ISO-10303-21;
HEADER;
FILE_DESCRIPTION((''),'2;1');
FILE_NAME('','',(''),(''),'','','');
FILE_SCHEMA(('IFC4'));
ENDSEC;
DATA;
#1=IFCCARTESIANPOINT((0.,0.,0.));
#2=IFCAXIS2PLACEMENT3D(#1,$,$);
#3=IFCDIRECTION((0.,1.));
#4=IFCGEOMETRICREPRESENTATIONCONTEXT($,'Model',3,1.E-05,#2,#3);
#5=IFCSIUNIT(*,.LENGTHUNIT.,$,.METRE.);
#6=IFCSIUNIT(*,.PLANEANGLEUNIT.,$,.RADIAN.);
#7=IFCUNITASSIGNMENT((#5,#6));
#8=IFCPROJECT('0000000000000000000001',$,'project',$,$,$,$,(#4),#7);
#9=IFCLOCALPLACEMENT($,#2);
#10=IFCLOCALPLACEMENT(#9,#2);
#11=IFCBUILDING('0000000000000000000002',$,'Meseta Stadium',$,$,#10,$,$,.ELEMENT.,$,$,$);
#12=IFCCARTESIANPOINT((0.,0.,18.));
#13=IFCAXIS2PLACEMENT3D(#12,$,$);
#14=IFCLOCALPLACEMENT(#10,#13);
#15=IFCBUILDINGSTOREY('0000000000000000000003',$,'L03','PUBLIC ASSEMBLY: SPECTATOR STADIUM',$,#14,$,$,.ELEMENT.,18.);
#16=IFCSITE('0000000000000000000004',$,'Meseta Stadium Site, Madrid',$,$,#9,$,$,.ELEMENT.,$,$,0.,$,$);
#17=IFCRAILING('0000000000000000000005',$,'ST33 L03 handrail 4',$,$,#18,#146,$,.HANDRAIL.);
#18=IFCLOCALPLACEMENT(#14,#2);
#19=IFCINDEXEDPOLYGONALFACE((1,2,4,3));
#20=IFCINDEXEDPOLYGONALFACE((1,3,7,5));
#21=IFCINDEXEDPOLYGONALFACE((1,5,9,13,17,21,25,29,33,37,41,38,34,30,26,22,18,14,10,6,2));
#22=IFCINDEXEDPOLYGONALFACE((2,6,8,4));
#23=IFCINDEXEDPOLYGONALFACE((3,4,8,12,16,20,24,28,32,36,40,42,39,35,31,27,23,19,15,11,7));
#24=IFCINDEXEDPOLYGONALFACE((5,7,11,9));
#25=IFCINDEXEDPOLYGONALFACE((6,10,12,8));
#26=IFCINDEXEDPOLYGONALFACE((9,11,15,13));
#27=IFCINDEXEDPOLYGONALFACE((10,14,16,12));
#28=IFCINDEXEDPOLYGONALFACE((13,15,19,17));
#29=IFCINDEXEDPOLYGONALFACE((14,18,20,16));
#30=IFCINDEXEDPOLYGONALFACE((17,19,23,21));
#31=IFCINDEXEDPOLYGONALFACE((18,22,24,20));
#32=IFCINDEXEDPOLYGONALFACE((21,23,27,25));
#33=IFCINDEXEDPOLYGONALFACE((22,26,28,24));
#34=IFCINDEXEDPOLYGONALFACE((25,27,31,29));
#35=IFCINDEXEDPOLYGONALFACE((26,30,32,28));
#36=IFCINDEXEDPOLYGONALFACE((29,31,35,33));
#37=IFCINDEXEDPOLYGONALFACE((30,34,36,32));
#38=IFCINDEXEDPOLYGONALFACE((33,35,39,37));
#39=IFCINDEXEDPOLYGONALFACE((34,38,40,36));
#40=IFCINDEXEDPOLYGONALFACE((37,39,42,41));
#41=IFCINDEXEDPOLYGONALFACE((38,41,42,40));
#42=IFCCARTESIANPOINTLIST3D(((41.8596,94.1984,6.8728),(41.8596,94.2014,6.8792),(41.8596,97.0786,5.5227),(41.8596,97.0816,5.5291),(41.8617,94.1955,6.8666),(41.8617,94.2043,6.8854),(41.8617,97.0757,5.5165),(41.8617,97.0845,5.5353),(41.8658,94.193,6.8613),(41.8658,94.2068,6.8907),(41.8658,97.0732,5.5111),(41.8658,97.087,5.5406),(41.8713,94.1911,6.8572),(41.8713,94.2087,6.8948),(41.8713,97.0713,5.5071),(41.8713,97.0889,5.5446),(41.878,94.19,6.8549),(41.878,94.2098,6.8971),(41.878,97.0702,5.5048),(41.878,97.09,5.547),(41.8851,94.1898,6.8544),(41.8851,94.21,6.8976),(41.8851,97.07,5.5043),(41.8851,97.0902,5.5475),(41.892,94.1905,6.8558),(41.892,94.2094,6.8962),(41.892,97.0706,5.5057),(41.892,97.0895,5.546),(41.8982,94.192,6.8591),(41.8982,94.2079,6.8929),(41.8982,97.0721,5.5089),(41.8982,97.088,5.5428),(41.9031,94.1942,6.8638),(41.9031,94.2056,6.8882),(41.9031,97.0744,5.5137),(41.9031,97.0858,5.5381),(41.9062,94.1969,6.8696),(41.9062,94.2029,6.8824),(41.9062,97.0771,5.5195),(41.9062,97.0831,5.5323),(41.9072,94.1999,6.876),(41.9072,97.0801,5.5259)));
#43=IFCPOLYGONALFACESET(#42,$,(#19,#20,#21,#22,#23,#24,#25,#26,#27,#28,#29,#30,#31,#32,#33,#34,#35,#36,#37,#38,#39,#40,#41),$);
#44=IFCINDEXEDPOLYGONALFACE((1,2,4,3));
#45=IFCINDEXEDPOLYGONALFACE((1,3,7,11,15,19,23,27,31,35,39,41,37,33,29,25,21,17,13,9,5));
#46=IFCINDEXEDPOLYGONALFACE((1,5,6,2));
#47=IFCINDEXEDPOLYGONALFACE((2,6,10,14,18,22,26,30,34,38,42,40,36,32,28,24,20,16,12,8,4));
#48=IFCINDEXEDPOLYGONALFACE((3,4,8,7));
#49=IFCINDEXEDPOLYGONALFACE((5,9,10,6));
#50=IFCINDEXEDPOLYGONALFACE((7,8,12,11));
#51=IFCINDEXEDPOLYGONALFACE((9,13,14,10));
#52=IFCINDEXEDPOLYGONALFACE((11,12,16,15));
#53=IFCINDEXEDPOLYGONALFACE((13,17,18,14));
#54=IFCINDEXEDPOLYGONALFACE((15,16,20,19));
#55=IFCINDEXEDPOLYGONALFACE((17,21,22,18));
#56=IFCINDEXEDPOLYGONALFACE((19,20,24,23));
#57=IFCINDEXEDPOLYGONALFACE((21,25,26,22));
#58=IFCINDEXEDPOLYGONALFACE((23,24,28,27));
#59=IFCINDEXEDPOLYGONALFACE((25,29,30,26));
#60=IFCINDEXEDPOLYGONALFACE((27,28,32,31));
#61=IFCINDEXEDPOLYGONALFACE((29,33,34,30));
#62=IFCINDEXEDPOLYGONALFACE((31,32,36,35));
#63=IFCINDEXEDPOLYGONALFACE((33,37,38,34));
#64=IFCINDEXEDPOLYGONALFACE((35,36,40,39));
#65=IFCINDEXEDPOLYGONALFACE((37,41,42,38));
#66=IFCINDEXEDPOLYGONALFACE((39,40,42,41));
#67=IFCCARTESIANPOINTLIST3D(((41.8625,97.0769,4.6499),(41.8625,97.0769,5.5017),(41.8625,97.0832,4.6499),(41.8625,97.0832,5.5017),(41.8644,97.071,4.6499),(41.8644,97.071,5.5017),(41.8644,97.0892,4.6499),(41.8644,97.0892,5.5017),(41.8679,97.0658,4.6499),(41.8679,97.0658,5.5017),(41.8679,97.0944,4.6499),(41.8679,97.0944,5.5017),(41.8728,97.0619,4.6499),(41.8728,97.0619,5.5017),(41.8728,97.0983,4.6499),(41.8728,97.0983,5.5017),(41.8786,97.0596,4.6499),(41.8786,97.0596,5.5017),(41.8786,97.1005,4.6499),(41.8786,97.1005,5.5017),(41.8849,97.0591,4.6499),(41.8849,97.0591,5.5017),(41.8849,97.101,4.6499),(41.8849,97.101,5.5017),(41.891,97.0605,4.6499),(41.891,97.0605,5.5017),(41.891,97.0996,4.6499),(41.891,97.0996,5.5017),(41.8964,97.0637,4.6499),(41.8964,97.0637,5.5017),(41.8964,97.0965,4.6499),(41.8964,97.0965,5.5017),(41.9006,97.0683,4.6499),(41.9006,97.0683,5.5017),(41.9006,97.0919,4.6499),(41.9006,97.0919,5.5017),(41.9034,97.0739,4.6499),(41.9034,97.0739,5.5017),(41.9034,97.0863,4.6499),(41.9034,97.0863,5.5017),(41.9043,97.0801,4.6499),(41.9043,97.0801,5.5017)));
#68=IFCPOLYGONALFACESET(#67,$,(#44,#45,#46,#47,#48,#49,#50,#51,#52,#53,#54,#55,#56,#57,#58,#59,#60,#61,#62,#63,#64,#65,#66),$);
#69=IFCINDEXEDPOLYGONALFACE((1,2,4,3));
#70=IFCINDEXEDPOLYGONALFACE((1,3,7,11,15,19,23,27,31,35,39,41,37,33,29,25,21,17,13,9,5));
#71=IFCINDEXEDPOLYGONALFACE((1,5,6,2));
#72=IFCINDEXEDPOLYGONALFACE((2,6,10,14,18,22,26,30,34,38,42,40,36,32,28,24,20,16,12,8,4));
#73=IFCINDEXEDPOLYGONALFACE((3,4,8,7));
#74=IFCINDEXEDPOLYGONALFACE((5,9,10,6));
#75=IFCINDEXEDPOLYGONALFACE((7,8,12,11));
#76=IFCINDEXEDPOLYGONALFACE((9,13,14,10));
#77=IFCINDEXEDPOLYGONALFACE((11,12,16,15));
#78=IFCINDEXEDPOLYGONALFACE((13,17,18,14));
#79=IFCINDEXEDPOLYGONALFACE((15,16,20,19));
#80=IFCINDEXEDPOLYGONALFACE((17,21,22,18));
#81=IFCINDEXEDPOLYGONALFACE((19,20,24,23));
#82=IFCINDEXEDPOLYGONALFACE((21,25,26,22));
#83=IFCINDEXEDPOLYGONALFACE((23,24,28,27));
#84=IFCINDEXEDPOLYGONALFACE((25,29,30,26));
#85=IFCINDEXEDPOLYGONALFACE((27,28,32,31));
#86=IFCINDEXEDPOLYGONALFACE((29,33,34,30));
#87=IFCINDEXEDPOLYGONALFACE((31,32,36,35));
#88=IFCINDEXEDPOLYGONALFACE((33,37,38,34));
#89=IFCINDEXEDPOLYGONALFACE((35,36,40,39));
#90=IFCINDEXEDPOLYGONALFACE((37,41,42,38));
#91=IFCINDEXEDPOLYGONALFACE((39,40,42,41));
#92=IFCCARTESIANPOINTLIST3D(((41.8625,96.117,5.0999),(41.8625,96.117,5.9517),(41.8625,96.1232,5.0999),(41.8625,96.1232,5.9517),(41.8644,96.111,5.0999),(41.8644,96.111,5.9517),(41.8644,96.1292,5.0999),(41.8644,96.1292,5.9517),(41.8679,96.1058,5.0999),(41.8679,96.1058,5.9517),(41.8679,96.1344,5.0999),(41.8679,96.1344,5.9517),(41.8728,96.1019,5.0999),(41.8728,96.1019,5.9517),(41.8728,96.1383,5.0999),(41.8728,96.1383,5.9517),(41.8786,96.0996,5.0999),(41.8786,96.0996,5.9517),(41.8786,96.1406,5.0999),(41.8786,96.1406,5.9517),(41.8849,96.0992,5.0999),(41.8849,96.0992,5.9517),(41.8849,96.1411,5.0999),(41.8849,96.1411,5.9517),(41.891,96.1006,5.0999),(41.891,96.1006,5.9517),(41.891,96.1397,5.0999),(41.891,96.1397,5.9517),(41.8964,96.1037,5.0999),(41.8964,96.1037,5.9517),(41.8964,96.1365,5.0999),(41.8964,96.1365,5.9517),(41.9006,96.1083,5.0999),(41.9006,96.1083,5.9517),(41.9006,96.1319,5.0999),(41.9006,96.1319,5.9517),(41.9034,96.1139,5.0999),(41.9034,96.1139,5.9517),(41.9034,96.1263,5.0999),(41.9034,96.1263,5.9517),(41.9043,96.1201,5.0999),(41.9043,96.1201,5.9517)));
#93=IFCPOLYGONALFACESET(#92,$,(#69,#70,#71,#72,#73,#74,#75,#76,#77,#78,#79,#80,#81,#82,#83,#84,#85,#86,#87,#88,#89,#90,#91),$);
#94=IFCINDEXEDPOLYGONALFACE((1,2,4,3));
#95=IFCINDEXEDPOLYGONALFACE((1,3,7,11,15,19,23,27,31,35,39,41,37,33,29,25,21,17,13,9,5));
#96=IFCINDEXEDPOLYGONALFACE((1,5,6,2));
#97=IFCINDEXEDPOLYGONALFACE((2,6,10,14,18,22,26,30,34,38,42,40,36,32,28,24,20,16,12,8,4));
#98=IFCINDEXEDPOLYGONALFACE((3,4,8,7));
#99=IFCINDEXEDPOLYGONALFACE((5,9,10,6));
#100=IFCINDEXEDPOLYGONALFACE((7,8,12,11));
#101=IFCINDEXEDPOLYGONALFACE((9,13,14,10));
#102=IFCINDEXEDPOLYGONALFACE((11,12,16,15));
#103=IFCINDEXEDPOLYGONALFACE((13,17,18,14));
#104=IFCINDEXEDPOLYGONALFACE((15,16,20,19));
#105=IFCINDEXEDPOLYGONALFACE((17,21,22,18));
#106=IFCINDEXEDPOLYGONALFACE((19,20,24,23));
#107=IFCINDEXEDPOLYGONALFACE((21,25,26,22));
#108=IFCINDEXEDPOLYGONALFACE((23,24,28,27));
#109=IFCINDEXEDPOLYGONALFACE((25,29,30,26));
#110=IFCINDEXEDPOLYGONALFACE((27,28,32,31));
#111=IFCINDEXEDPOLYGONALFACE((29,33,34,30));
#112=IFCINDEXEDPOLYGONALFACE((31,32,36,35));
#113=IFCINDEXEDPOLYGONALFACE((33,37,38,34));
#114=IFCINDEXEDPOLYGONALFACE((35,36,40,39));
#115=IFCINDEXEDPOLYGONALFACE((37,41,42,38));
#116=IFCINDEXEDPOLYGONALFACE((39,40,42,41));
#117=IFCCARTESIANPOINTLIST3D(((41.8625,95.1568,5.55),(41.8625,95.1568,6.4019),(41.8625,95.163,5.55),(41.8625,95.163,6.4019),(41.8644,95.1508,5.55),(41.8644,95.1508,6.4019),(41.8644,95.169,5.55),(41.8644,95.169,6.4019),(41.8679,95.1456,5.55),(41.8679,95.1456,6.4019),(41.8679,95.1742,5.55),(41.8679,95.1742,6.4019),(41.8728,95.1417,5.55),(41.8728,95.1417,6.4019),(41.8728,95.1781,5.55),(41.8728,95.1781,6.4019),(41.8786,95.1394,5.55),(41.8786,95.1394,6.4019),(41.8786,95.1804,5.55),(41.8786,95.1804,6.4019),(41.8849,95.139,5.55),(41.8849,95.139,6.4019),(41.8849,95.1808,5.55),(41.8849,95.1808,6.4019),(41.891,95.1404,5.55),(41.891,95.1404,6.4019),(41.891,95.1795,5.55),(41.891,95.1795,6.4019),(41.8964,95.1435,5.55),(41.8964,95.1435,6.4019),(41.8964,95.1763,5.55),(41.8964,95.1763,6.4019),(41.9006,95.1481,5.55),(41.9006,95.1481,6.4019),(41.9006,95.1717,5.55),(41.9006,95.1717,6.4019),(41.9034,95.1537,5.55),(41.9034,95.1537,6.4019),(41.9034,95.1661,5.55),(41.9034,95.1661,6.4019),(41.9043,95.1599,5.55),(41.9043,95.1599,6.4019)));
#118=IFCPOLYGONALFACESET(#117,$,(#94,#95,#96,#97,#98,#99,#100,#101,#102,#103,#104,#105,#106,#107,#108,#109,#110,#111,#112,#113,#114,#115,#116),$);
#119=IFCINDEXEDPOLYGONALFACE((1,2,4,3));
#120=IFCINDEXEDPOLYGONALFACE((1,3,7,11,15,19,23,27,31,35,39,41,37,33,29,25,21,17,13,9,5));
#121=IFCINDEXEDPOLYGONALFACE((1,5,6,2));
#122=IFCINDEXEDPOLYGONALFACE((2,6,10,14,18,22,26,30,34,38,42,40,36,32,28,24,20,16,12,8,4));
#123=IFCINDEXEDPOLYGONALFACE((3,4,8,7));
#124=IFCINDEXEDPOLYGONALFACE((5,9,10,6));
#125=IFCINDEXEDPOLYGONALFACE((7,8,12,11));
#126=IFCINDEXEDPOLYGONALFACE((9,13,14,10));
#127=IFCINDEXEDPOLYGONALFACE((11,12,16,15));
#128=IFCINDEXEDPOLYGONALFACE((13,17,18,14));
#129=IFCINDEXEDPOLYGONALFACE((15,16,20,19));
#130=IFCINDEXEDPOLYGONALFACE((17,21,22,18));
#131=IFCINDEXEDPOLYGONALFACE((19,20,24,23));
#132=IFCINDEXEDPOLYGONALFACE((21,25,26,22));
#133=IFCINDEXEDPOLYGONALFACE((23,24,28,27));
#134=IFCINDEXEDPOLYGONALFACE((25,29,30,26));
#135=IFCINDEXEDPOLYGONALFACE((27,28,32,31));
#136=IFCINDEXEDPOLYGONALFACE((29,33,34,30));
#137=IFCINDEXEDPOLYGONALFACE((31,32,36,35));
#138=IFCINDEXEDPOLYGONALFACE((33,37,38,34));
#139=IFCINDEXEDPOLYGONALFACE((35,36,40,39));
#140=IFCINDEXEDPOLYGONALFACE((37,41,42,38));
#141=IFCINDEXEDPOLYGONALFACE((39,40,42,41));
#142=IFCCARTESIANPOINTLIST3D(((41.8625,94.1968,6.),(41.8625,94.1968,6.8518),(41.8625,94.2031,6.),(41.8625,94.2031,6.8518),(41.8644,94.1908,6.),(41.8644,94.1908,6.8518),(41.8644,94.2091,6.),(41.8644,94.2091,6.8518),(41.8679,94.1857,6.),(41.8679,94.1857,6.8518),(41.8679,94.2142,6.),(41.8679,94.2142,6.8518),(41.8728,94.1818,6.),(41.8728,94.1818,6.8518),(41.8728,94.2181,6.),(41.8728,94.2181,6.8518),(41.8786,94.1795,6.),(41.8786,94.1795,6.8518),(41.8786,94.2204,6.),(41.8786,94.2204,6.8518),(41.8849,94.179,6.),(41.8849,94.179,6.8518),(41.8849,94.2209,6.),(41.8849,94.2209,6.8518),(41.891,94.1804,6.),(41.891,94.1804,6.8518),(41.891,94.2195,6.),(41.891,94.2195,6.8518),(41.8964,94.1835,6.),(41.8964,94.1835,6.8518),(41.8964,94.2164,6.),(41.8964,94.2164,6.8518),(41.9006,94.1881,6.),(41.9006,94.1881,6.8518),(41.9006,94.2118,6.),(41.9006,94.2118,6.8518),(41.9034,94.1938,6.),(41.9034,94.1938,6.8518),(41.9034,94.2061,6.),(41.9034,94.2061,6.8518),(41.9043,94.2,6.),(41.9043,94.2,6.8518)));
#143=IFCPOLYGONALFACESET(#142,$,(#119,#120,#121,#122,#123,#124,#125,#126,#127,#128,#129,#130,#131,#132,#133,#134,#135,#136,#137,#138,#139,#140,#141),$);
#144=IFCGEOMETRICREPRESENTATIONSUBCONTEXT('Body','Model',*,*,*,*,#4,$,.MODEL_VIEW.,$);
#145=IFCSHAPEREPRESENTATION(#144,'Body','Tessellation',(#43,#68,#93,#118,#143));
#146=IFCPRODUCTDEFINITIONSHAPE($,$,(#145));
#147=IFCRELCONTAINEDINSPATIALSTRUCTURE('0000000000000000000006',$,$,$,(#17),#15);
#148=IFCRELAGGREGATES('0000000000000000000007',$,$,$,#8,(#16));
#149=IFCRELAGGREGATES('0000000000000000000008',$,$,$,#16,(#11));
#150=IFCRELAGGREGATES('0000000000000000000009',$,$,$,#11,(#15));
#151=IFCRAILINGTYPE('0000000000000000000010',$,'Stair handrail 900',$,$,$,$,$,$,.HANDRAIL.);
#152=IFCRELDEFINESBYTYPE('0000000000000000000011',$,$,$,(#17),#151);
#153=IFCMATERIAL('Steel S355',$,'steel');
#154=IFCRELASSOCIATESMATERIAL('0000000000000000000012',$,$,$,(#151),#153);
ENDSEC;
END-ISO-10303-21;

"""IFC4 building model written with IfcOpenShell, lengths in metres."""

from ifc_helpers import new_model, si_unit, direction, frame, origin, origin_2d, place, context, subcontext, project, spatial, circle, extrude, material, type_object, element, save


model = new_model("IFC4")

# Units and contexts
model_context = context("Model", 3, precision=1e-05, world=origin(), true_north=direction((0.0, 1.0)))
body_context = subcontext(model_context, "Body", "Model", "MODEL_VIEW")
ifc_project = project(units=[si_unit("LENGTHUNIT", "METRE"), si_unit("PLANEANGLEUNIT", "RADIAN")], contexts=[model_context])

# Site, building, storey
site_placement = place(None, origin())
site = spatial("IfcSite", under=ifc_project, at=site_placement, Name="Meseta Stadium Site, Madrid", CompositionType="ELEMENT", RefElevation=0.0)
building_placement = place(site_placement, origin())
building = spatial("IfcBuilding", under=site, at=building_placement, Name="Meseta Stadium", CompositionType="ELEMENT")
storey_placement = place(building_placement, frame((0.0, 0.0, 18.0)))
storey = spatial("IfcBuildingStorey", under=building, at=storey_placement, Name="L03", Description="PUBLIC ASSEMBLY: SPECTATOR STADIUM", CompositionType="ELEMENT", Elevation=18.0)

# Railing
ifc_material_1 = material(Name="Steel S355", Category="steel")
railing_type_1 = type_object("IfcRailingType", Name="Stair handrail 900", PredefinedType="HANDRAIL", material=ifc_material_1)
railing_1_placement = place(storey_placement, frame((41.8833, 97.0801, 4.6499)))
element("IfcRailing", 1, at=railing_1_placement, inside=storey, type_object=railing_type_1, Name="ST33 L03 handrail 4", PredefinedType="HANDRAIL", context=body_context, shape_type="SweptSolid", body=[
    extrude(circle(Radius=0.0239, at=origin_2d()), frame((0.0, 0.0, 0.876), z_axis=(0.0, -0.905454, 0.424444), x_axis=(1.0, 0.0, 0.0)), (0.0, 0.0, 1.0), 3.1809),
    extrude(circle(Radius=0.021, at=origin_2d()), origin(), (0.0, 0.0, 1.0), 0.8518),
    extrude(circle(Radius=0.021, at=origin_2d()), frame((0.0, -0.96, 0.45)), (0.0, 0.0, 1.0), 0.8518),
    extrude(circle(Radius=0.021, at=origin_2d()), frame((0.0, -1.9202, 0.9001)), (0.0, 0.0, 1.0), 0.8518),
    extrude(circle(Radius=0.021, at=origin_2d()), frame((0.0, -2.8801, 1.3501)), (0.0, 0.0, 1.0), 0.8518),
])

save(model, "model.ifc")
